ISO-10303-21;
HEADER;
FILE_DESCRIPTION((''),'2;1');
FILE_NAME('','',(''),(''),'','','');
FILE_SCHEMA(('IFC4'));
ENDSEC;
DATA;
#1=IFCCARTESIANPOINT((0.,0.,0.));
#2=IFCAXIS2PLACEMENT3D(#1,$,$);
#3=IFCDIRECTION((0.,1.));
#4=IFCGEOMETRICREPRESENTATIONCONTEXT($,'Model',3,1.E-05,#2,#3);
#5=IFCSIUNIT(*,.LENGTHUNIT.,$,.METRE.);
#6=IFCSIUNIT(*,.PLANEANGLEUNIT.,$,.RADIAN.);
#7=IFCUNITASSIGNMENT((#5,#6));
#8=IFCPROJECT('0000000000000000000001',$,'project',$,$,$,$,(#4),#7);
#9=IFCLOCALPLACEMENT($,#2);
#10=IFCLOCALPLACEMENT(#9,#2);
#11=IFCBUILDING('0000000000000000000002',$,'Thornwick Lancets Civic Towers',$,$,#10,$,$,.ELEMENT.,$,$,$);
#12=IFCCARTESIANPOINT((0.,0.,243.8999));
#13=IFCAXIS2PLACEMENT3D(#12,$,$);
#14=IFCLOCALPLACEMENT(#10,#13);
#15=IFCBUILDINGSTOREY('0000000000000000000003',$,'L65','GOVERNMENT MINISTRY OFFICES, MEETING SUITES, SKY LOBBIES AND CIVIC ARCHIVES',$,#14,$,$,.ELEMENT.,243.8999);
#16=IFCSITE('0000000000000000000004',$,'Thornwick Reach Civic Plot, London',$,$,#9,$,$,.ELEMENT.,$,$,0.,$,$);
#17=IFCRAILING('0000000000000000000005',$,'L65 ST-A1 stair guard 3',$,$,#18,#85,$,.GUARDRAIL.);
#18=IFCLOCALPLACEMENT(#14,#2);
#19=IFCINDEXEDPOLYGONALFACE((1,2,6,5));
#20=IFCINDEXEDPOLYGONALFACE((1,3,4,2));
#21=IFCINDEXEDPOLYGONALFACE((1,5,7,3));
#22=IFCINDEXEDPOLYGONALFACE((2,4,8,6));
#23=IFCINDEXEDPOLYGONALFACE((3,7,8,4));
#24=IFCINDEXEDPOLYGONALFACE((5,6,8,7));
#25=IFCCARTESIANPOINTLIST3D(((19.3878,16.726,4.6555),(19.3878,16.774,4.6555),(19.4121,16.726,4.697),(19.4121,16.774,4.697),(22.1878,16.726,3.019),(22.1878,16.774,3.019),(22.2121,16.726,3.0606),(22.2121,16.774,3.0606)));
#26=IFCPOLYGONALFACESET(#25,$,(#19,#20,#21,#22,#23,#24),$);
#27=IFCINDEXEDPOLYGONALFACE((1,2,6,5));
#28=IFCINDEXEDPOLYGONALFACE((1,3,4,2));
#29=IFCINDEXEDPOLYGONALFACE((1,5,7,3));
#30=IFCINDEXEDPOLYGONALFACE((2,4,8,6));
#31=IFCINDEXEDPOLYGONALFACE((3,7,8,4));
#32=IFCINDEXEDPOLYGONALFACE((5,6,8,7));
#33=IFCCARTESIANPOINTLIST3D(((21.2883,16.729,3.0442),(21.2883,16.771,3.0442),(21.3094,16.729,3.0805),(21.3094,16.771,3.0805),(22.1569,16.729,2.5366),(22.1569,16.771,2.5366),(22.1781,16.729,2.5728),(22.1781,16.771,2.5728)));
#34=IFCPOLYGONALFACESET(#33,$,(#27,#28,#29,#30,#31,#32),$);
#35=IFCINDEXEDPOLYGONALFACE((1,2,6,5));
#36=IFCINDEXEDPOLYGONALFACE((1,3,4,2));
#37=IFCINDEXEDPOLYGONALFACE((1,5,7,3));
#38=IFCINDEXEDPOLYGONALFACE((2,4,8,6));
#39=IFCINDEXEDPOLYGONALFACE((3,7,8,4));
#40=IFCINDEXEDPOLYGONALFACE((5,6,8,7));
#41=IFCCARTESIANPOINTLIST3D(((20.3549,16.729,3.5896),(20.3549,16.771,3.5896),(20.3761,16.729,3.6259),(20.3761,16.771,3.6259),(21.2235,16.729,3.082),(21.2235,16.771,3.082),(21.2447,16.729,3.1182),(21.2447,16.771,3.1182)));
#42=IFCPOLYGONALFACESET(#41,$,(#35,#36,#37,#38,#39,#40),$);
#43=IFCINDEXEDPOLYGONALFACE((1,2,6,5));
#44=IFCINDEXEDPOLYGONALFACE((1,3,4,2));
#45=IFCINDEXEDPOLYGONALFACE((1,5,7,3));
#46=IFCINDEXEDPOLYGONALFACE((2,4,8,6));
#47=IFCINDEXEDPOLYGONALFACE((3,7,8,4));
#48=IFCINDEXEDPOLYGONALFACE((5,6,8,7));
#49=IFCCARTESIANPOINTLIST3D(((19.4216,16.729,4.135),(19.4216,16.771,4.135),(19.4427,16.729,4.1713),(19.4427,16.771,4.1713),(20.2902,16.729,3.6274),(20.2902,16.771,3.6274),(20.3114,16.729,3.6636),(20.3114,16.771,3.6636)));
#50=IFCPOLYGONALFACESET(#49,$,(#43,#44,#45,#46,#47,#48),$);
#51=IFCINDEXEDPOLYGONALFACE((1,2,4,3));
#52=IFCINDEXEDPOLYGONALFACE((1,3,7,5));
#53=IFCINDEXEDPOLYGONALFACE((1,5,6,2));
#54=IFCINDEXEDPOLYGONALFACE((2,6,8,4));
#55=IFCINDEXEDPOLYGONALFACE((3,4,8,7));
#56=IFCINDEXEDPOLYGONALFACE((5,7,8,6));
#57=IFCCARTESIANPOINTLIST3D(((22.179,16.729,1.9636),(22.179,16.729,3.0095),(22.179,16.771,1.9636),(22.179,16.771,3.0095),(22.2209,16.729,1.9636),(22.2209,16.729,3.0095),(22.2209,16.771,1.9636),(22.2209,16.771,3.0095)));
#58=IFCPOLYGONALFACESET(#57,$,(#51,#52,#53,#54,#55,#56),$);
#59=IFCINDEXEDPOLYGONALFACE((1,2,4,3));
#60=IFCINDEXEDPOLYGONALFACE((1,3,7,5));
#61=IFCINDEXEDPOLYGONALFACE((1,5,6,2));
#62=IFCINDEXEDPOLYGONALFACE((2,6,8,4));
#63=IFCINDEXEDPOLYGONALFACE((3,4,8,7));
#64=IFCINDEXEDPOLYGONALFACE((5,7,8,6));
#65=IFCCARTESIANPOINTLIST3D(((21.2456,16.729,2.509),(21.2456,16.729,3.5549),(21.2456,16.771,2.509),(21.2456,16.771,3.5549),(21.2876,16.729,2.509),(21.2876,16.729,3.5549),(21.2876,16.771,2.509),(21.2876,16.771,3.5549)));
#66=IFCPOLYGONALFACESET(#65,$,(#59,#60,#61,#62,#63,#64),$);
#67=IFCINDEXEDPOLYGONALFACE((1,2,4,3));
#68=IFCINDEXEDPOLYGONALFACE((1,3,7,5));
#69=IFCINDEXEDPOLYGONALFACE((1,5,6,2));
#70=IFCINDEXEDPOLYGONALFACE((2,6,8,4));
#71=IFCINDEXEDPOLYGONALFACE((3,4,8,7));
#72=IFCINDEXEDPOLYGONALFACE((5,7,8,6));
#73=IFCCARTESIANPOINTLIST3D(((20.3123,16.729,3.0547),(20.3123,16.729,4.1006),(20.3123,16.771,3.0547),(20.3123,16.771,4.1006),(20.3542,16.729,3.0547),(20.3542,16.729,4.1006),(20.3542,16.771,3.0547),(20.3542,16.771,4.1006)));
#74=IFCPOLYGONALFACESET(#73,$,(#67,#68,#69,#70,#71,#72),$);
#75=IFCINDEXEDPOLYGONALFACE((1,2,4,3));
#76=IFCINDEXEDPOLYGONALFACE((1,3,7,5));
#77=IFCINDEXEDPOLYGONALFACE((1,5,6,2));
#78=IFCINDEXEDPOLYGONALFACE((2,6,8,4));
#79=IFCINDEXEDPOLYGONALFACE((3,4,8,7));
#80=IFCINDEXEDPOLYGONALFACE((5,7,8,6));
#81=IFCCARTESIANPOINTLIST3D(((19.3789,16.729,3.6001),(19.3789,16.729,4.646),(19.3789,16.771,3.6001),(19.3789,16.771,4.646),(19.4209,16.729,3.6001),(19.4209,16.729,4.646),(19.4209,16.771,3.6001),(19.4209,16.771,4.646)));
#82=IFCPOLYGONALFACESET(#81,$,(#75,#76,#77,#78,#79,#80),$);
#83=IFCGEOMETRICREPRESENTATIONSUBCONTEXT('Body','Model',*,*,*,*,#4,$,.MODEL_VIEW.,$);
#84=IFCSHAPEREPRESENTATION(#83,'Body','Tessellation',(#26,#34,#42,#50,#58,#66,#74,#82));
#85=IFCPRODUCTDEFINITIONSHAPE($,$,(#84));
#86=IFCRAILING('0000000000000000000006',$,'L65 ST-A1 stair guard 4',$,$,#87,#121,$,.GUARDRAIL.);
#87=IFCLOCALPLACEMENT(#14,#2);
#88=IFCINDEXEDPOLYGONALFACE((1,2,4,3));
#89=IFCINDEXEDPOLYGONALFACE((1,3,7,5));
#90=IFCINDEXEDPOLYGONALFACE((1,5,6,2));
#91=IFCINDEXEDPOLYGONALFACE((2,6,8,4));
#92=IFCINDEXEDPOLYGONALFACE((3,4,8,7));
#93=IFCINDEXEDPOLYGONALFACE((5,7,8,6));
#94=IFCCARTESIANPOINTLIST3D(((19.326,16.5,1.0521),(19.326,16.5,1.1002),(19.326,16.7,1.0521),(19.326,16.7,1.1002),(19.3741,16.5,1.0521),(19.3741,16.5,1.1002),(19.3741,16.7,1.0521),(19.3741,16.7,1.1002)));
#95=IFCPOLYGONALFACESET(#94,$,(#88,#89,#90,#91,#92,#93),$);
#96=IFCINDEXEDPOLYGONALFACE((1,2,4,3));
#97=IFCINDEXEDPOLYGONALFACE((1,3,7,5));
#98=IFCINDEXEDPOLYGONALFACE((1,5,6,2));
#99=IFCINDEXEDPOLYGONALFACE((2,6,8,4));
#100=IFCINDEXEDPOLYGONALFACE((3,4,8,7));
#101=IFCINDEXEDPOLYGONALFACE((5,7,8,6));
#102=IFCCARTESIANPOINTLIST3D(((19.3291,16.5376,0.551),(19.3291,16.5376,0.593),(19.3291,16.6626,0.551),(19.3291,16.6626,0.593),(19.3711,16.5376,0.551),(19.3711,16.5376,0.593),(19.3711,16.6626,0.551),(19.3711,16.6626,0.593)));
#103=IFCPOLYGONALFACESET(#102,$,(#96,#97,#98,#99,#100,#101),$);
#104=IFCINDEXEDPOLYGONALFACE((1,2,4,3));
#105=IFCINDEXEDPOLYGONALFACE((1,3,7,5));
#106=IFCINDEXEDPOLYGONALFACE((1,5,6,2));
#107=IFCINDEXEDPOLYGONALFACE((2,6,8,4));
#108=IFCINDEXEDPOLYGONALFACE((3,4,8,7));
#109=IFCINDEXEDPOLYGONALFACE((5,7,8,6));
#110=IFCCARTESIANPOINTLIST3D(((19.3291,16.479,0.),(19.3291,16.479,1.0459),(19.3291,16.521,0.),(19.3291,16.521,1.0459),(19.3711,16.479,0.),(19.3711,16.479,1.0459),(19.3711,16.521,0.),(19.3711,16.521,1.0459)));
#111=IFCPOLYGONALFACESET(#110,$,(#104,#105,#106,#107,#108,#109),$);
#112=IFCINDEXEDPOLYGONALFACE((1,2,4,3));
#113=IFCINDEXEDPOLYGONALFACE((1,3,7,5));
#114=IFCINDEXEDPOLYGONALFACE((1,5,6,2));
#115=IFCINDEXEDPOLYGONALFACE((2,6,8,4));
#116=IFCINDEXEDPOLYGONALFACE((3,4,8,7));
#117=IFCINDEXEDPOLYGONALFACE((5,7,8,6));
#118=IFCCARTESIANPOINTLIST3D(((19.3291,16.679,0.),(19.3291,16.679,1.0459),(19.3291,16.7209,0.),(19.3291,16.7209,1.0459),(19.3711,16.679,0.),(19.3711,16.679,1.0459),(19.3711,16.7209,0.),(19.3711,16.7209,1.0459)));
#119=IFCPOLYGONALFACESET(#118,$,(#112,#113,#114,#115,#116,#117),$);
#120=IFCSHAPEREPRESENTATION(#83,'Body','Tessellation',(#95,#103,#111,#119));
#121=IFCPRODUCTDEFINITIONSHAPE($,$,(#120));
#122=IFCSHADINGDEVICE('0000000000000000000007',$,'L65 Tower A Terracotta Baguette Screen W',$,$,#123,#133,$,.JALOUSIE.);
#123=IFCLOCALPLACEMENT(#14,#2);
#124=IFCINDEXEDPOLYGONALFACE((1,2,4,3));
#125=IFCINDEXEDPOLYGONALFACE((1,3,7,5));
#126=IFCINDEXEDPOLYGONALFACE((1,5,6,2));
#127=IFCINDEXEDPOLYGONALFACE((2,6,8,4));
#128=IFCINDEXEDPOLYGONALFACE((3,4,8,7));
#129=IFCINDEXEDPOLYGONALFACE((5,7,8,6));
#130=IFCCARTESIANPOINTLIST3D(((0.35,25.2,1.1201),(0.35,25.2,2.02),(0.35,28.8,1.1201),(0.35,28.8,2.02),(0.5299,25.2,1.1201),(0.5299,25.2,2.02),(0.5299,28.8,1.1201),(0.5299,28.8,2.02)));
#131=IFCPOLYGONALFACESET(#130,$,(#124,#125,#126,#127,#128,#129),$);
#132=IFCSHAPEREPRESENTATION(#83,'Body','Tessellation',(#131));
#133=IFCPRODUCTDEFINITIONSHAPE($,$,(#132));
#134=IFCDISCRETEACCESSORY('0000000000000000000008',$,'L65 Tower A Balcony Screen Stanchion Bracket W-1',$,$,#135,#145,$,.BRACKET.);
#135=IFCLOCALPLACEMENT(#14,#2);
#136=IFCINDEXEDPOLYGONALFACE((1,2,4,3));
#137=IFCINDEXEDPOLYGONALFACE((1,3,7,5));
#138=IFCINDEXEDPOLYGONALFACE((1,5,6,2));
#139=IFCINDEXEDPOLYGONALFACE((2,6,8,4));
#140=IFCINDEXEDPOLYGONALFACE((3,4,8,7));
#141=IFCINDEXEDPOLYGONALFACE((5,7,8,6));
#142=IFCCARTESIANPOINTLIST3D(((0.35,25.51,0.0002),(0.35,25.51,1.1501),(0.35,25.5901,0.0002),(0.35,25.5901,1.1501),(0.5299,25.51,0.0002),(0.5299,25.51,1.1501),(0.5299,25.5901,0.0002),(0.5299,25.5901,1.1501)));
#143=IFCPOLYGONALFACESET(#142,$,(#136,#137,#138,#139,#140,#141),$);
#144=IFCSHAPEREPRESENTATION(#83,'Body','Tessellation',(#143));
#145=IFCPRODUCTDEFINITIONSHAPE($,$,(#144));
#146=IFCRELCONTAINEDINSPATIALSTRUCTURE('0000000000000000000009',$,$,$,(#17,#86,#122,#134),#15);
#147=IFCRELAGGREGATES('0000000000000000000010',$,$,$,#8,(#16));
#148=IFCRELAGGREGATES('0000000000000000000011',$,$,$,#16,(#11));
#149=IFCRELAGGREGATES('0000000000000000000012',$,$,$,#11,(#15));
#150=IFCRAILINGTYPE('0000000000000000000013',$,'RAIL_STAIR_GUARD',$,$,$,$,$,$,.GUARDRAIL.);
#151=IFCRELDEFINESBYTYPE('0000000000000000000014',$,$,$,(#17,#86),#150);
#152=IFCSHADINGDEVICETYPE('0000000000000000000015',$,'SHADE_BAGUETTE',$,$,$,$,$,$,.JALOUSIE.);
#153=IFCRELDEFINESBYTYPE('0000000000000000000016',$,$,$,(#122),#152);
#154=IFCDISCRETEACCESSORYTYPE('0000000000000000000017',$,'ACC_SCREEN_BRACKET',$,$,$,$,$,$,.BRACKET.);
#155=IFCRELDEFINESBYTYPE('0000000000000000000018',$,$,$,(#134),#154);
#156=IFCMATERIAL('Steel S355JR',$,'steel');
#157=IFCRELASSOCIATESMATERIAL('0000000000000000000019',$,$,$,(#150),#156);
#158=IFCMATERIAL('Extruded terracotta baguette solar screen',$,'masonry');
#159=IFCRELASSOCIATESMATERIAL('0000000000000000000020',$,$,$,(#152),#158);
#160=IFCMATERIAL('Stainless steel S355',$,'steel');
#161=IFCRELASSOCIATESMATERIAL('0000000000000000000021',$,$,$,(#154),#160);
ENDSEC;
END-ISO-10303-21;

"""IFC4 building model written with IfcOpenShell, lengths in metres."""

from ifc_helpers import new_model, si_unit, direction, frame, origin, origin_2d, place, context, subcontext, project, spatial, rectangle, extrude, material, type_object, element, save


model = new_model("IFC4")

# Units and contexts
model_context = context("Model", 3, precision=1e-05, world=origin(), true_north=direction((0.0, 1.0)))
body_context = subcontext(model_context, "Body", "Model", "MODEL_VIEW")
ifc_project = project(units=[si_unit("LENGTHUNIT", "METRE"), si_unit("PLANEANGLEUNIT", "RADIAN")], contexts=[model_context])

# Site, building, storey
site_placement = place(None, origin())
site = spatial("IfcSite", under=ifc_project, at=site_placement, Name="Thornwick Reach Civic Plot, London", CompositionType="ELEMENT", RefElevation=0.0)
building_placement = place(site_placement, origin())
building = spatial("IfcBuilding", under=site, at=building_placement, Name="Thornwick Lancets Civic Towers", CompositionType="ELEMENT")
storey_placement = place(building_placement, frame((0.0, 0.0, 243.8999)))
storey = spatial("IfcBuildingStorey", under=building, at=storey_placement, Name="L65", Description="GOVERNMENT MINISTRY OFFICES, MEETING SUITES, SKY LOBBIES AND CIVIC ARCHIVES", CompositionType="ELEMENT", Elevation=243.8999)

# Railings
ifc_material_1 = material(Name="Steel S355JR", Category="steel")
railing_type_1 = type_object("IfcRailingType", Name="RAIL_STAIR_GUARD", PredefinedType="GUARDRAIL", material=ifc_material_1)
railing_1_placement = place(storey_placement, frame((22.2, 16.75, 1.9636)))
element("IfcRailing", 1, at=railing_1_placement, inside=storey, type_object=railing_type_1, Name="L65 ST-A1 stair guard 3", PredefinedType="GUARDRAIL", context=body_context, shape_type="SweptSolid", body=[
    extrude(rectangle(XDim=0.0481, YDim=0.0481, at=origin_2d()), frame((0.0, 0.0, 1.0762), z_axis=(-0.863361, 0.0, 0.504587), x_axis=(0.0, -1.0, 0.0)), (0.0, 0.0, 1.0), 3.2432),
    extrude(rectangle(XDim=0.042, YDim=0.042, at=origin_2d()), frame((-0.0325, 0.0, 0.5911), z_axis=(-0.863361, 0.0, 0.504587), x_axis=(0.0, -1.0, 0.0)), (0.0, 0.0, 1.0), 1.0061),
    extrude(rectangle(XDim=0.042, YDim=0.042, at=origin_2d()), frame((-0.9658, 0.0, 1.1365), z_axis=(-0.863361, 0.0, 0.504587), x_axis=(0.0, -1.0, 0.0)), (0.0, 0.0, 1.0), 1.0061),
    extrude(rectangle(XDim=0.042, YDim=0.042, at=origin_2d()), frame((-1.8992, 0.0, 1.6819), z_axis=(-0.863361, 0.0, 0.504587), x_axis=(0.0, -1.0, 0.0)), (0.0, 0.0, 1.0), 1.0061),
    extrude(rectangle(XDim=0.042, YDim=0.042, at=origin_2d()), origin(), (0.0, 0.0, 1.0), 1.0459),
    extrude(rectangle(XDim=0.042, YDim=0.042, at=origin_2d()), frame((-0.9333, 0.0, 0.5454)), (0.0, 0.0, 1.0), 1.0459),
    extrude(rectangle(XDim=0.042, YDim=0.042, at=origin_2d()), frame((-1.8667, 0.0, 1.0911)), (0.0, 0.0, 1.0), 1.0459),
    extrude(rectangle(XDim=0.042, YDim=0.042, at=origin_2d()), frame((-2.8, 0.0, 1.6365)), (0.0, 0.0, 1.0), 1.0459),
])
railing_2_placement = place(storey_placement, frame((19.3501, 16.5, 0.0)))
element("IfcRailing", 2, at=railing_2_placement, inside=storey, type_object=railing_type_1, Name="L65 ST-A1 stair guard 4", PredefinedType="GUARDRAIL", context=body_context, shape_type="SweptSolid", body=[
    extrude(rectangle(XDim=0.0481, YDim=0.0481, at=origin_2d()), frame((0.0, 0.0, 1.0762), z_axis=(0.0, 1.0, 0.0), x_axis=(-1.0, 0.0, 0.0)), (0.0, 0.0, 1.0), 0.2),
    extrude(rectangle(XDim=0.042, YDim=0.042, at=origin_2d()), frame((0.0, 0.0376, 0.572), z_axis=(0.0, 1.0, 0.0), x_axis=(-1.0, 0.0, 0.0)), (0.0, 0.0, 1.0), 0.125),
    extrude(rectangle(XDim=0.042, YDim=0.042, at=origin_2d()), origin(), (0.0, 0.0, 1.0), 1.0459),
    extrude(rectangle(XDim=0.042, YDim=0.042, at=origin_2d()), frame((0.0, 0.2, 0.0)), (0.0, 0.0, 1.0), 1.0459),
])

# Shading device
ifc_material_2 = material(Name="Extruded terracotta baguette solar screen", Category="masonry")
shading_device_type = type_object("IfcShadingDeviceType", Name="SHADE_BAGUETTE", PredefinedType="JALOUSIE", material=ifc_material_2)
shading_device_placement = place(storey_placement, frame((0.4399, 27.0, 1.1201), z_axis=(0.0, 0.0, 1.0), x_axis=(0.0, 1.0, 0.0)))
element("IfcShadingDevice", 3, at=shading_device_placement, inside=storey, type_object=shading_device_type, Name="L65 Tower A Terracotta Baguette Screen W", PredefinedType="JALOUSIE", context=body_context, shape_type="SweptSolid", body=[
    extrude(rectangle(XDim=3.6001, YDim=0.1799, at=origin_2d()), origin(), (0.0, 0.0, 1.0), 0.8999),
])

# Discrete accessory
ifc_material_3 = material(Name="Stainless steel S355", Category="steel")
discrete_accessory_type = type_object("IfcDiscreteAccessoryType", Name="ACC_SCREEN_BRACKET", PredefinedType="BRACKET", material=ifc_material_3)
discrete_accessory_placement = place(storey_placement, frame((0.4399, 25.55, 0.0002), z_axis=(0.0, 0.0, 1.0), x_axis=(0.0, 1.0, 0.0)))
element("IfcDiscreteAccessory", 4, at=discrete_accessory_placement, inside=storey, type_object=discrete_accessory_type, Name="L65 Tower A Balcony Screen Stanchion Bracket W-1", PredefinedType="BRACKET", context=body_context, shape_type="SweptSolid", body=[
    extrude(rectangle(XDim=0.0801, YDim=0.1799, at=origin_2d()), origin(), (0.0, 0.0, 1.0), 1.1499),
])

save(model, "model.ifc")
